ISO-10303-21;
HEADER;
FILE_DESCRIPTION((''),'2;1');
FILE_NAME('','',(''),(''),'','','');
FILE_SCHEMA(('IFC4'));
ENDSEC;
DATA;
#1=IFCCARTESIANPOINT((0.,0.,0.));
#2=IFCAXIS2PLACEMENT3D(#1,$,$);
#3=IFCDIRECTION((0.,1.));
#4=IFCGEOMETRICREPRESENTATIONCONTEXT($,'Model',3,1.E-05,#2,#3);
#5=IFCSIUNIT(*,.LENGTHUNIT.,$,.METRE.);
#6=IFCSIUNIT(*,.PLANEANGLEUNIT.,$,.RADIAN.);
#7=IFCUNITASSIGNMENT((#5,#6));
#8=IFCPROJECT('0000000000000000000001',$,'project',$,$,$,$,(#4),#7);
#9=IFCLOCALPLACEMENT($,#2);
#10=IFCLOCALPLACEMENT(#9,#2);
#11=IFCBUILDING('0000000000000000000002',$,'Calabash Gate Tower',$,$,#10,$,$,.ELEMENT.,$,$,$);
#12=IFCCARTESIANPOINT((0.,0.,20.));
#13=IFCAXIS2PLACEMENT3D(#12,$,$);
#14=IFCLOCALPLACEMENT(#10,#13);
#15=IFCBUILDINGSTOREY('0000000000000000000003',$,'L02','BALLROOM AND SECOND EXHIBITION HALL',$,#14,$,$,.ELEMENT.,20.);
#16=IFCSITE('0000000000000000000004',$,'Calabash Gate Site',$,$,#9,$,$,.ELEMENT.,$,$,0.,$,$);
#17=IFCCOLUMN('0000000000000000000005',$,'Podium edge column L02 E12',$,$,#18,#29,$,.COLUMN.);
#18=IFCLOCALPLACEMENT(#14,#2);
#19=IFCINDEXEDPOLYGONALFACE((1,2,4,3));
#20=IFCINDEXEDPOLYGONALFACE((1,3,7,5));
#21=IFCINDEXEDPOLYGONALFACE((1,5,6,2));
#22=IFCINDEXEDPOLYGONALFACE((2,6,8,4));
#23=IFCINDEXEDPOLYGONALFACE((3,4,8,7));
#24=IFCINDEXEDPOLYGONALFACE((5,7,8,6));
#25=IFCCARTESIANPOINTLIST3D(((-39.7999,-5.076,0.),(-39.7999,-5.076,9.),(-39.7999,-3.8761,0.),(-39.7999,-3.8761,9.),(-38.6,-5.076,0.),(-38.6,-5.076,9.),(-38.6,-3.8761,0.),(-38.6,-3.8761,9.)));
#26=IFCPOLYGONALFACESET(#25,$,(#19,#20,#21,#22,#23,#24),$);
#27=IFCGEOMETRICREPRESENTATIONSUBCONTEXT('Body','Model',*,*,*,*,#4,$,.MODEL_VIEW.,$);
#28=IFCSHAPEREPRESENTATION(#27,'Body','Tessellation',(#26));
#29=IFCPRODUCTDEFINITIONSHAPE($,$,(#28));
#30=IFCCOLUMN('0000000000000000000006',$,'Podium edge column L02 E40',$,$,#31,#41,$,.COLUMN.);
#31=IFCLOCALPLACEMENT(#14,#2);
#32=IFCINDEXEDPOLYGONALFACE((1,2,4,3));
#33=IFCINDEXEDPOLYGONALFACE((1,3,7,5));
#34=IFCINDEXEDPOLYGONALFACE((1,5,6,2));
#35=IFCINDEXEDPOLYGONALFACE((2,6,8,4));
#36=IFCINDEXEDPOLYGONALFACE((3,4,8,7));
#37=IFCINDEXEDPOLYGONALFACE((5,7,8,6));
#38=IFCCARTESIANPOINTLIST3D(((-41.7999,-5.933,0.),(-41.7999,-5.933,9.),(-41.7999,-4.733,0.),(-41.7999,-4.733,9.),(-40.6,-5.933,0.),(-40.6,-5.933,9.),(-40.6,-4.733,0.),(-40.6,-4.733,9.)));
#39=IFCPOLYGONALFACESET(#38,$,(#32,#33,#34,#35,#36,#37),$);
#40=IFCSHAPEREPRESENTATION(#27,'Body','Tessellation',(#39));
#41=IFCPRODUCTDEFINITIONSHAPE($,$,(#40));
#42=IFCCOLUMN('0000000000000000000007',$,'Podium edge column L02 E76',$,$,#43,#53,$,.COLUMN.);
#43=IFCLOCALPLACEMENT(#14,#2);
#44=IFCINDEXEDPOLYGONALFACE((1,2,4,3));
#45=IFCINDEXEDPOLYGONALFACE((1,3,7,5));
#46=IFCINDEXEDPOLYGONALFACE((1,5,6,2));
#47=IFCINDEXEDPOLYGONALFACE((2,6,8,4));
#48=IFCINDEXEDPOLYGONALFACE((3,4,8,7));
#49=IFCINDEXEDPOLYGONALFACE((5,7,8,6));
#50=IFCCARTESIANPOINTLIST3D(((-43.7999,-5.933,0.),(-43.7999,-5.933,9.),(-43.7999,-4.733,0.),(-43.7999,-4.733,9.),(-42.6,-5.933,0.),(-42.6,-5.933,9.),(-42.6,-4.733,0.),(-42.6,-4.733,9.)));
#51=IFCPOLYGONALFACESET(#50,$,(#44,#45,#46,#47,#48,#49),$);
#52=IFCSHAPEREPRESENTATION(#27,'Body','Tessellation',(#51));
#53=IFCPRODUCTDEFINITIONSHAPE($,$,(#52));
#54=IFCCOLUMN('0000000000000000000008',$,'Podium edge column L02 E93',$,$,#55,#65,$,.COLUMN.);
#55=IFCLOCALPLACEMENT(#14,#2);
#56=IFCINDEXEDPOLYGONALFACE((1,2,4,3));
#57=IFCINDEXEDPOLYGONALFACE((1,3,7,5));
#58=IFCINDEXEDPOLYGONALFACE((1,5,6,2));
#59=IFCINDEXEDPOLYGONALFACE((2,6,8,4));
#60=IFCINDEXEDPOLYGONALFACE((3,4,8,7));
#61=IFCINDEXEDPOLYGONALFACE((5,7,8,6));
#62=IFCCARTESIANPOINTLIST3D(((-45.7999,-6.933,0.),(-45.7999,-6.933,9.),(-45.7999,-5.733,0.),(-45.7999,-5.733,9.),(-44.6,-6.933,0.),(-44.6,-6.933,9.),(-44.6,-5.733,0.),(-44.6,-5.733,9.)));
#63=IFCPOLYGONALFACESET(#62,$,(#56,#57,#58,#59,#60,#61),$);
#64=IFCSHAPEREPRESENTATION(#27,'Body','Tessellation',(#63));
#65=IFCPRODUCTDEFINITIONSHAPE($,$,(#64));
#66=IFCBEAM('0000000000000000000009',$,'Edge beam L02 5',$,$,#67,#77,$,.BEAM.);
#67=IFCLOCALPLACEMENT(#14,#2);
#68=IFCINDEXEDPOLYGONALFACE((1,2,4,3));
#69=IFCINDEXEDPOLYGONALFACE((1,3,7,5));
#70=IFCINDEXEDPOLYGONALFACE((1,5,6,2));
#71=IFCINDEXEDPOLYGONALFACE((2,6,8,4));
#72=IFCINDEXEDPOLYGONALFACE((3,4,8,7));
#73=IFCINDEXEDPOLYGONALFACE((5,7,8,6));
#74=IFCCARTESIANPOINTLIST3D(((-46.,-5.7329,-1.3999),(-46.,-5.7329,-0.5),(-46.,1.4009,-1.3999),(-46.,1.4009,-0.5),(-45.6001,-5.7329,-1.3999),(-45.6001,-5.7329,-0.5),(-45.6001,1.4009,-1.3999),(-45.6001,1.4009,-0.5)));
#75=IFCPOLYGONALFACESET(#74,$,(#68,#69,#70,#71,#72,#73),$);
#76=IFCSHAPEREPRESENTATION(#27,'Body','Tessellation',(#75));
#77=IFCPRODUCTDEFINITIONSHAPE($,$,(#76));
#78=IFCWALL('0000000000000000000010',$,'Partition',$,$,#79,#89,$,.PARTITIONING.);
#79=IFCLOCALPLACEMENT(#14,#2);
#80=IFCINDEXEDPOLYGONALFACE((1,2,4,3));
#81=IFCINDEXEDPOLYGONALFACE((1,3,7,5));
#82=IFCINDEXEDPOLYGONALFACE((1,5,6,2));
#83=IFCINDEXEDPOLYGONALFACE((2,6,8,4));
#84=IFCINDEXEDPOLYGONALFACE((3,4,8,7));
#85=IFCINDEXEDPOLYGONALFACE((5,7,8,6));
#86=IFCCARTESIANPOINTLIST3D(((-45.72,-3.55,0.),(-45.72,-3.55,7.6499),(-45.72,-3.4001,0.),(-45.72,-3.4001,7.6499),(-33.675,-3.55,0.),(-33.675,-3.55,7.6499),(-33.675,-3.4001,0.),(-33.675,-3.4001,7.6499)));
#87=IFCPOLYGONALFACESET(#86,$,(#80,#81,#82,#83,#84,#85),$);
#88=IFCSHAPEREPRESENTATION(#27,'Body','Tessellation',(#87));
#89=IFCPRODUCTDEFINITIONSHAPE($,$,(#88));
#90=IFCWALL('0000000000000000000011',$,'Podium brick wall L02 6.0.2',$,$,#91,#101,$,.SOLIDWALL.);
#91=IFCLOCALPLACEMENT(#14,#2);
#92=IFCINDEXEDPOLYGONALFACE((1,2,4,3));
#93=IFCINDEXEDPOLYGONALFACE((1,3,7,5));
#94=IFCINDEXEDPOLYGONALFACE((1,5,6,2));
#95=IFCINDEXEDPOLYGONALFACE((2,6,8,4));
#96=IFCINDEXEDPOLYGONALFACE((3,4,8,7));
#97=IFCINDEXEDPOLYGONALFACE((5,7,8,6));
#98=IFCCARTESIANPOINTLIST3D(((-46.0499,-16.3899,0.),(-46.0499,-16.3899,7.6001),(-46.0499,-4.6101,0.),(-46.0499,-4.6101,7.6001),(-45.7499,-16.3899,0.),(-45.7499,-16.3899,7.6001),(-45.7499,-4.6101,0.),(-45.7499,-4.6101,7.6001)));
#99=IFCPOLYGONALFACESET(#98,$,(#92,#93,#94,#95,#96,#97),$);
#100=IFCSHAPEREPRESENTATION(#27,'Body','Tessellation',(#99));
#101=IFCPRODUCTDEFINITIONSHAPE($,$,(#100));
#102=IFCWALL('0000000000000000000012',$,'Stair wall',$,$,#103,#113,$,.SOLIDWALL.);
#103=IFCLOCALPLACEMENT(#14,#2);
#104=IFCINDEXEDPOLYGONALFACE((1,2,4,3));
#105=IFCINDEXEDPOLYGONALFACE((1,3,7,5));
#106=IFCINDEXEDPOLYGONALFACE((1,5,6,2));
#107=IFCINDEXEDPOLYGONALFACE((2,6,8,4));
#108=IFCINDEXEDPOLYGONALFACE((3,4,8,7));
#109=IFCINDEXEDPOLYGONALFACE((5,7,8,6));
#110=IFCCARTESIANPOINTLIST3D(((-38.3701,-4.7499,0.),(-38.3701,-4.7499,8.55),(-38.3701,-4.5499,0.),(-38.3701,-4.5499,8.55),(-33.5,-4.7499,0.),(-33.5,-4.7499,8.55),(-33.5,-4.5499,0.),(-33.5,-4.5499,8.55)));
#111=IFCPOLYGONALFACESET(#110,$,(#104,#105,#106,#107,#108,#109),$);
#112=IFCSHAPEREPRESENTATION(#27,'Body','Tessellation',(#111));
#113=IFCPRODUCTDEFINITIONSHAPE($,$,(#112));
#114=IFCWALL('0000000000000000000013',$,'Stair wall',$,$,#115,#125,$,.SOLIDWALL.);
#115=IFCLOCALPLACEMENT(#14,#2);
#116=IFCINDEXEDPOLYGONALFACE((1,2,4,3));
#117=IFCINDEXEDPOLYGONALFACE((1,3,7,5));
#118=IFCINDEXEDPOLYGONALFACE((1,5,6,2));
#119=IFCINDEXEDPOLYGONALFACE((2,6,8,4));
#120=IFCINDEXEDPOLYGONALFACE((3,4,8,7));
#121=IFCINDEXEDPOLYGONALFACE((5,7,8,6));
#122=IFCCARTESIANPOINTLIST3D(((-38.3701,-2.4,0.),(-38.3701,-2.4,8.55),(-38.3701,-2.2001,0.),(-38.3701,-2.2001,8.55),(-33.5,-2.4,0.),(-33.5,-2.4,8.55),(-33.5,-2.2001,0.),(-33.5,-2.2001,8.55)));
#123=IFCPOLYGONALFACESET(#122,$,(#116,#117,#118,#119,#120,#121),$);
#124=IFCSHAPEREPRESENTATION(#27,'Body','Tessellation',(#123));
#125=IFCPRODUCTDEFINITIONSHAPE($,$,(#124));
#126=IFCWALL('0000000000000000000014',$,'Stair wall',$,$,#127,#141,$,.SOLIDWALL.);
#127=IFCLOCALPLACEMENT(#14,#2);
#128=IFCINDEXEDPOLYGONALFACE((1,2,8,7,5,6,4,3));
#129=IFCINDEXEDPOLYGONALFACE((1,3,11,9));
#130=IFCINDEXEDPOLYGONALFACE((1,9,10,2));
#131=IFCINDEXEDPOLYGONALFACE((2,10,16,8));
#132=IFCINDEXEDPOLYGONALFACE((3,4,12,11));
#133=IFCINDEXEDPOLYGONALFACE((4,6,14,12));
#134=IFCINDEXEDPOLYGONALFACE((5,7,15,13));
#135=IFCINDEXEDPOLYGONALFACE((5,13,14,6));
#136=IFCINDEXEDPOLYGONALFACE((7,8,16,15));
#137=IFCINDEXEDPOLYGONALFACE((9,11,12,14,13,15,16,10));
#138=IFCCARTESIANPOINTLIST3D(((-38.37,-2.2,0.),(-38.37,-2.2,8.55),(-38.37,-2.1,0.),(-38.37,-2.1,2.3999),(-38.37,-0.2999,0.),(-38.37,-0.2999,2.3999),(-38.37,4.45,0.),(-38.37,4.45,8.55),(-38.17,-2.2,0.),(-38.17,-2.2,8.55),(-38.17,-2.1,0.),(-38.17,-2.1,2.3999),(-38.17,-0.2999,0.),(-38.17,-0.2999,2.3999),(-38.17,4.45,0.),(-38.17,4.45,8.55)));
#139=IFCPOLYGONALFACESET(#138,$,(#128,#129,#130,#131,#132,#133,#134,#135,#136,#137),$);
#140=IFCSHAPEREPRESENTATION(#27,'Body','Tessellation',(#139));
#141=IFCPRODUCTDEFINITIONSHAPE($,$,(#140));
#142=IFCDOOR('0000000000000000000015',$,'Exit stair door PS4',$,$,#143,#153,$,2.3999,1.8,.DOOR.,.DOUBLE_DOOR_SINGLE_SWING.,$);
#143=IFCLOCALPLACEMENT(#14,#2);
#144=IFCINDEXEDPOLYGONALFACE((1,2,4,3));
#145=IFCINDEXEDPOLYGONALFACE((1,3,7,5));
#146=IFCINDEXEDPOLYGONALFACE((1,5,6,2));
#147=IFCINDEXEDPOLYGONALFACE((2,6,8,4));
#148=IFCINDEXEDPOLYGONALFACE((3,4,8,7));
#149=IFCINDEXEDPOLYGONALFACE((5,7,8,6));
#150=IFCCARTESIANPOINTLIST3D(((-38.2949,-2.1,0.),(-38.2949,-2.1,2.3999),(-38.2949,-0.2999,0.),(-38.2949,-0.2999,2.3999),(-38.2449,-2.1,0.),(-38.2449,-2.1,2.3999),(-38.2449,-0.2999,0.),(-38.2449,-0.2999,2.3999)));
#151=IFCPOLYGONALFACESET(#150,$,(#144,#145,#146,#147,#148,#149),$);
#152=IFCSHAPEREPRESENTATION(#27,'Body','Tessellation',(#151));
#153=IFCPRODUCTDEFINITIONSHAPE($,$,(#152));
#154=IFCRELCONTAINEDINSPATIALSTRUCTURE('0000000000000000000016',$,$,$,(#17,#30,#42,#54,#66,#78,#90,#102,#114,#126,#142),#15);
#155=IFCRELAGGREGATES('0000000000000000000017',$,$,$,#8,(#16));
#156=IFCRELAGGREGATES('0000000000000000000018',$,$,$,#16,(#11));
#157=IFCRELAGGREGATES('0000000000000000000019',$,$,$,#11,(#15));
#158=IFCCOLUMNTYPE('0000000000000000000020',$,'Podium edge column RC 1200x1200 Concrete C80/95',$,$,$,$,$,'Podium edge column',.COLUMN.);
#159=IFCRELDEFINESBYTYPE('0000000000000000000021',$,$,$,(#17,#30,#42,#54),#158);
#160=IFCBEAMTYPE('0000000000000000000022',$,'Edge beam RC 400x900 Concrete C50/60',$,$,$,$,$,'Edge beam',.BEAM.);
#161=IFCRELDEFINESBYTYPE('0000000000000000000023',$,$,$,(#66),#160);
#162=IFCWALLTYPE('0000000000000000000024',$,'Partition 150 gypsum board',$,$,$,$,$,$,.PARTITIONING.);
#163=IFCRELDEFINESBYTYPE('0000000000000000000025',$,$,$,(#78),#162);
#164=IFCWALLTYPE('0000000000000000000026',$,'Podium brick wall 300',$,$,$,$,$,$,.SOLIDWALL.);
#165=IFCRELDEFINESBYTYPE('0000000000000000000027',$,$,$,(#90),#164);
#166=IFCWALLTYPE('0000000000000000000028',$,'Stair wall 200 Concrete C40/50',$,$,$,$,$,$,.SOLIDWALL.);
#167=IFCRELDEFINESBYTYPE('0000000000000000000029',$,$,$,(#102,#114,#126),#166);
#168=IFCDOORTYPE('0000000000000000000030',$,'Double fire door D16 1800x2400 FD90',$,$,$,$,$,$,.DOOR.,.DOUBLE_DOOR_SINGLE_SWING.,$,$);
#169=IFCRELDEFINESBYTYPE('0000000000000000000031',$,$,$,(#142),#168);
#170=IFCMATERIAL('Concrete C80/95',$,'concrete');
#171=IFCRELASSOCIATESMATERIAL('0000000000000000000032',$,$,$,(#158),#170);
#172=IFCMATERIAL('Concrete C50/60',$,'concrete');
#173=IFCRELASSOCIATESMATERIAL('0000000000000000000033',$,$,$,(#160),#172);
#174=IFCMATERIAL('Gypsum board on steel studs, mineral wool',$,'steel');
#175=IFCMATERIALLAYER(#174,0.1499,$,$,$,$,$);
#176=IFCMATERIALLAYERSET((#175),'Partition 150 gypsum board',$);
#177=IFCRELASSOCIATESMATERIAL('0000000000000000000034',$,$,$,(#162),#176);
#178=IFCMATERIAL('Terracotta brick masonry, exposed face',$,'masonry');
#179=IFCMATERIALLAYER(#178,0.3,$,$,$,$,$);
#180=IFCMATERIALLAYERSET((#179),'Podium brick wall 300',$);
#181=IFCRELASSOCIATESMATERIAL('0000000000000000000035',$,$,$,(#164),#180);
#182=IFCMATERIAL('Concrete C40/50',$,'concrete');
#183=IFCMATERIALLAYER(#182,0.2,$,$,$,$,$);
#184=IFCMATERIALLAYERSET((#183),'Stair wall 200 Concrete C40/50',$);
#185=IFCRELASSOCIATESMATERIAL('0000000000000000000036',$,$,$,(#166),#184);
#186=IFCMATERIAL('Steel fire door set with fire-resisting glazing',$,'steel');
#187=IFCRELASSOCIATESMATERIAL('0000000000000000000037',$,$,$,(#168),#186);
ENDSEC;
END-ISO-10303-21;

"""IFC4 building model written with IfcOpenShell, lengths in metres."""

from ifc_helpers import new_model, si_unit, direction, frame, frame_2d, origin, origin_2d, place, context, subcontext, project, spatial, rectangle, extrude, material, layer, layer_set, material_profile, profile_set, type_object, element, fill, save


model = new_model("IFC4")

# Units and contexts
model_context = context("Model", 3, precision=1e-05, world=origin(), true_north=direction((0.0, 1.0)))
body_context = subcontext(model_context, "Body", "Model", "MODEL_VIEW")
ifc_project = project(units=[si_unit("LENGTHUNIT", "METRE"), si_unit("PLANEANGLEUNIT", "RADIAN")], contexts=[model_context])

# Site, building, storey
site_placement = place(None, origin())
site = spatial("IfcSite", under=ifc_project, at=site_placement, Name="Calabash Gate Site", CompositionType="ELEMENT", RefElevation=0.0)
building_placement = place(site_placement, origin())
building = spatial("IfcBuilding", under=site, at=building_placement, Name="Calabash Gate Tower", CompositionType="ELEMENT")
storey_placement = place(building_placement, frame((0.0, 0.0, 20.0)))
storey = spatial("IfcBuildingStorey", under=building, at=storey_placement, Name="L02", Description="BALLROOM AND SECOND EXHIBITION HALL", CompositionType="ELEMENT", Elevation=20.0)

# Columns
ifc_material_1 = material(Name="Concrete C80/95", Category="concrete")
ifc_material_profile_1 = material_profile(ifc_material_1, rectangle(XDim=1.2, YDim=1.2, at=origin_2d()))
ifc_profile_set_1 = profile_set([ifc_material_profile_1], Name="Concrete C80/95")
column_type = type_object("IfcColumnType", Name="Podium edge column RC 1200x1200 Concrete C80/95", ElementType="Podium edge column", PredefinedType="COLUMN", material=ifc_profile_set_1)
for number, where, z_axis, x_axis, name in (
    (1, (-39.2, -4.4761, 0.0), (0.0, 0.0, 1.0), (1.0, 0.0, 0.0), "Podium edge column L02 E12"),
    (2, (-41.2, -5.333, 0.0), (0.0, 0.0, 1.0), (1.0, 0.0, 0.0), "Podium edge column L02 E40"),
    (3, (-43.2, -5.333, 0.0), (0.0, 0.0, 1.0), (1.0, 0.0, 0.0), "Podium edge column L02 E76"),
    (4, (-45.2, -6.333, 0.0), (0.0, 0.0, 1.0), (1.0, 0.0, 0.0), "Podium edge column L02 E93"),
):
    element("IfcColumn", number, at=place(storey_placement, frame(where, z_axis=z_axis, x_axis=x_axis)), inside=storey, type_object=column_type, Name=name, PredefinedType="COLUMN", context=body_context, shape_type="SweptSolid", body=[
        extrude(rectangle(XDim=1.2, YDim=1.2, at=origin_2d()), origin(), (0.0, 0.0, 1.0), 9.0),
    ])

# Beam
ifc_material_2 = material(Name="Concrete C50/60", Category="concrete")
ifc_material_profile_2 = material_profile(ifc_material_2, rectangle(XDim=0.3999, YDim=0.8999, at=origin_2d()))
ifc_profile_set_2 = profile_set([ifc_material_profile_2], Name="Concrete C50/60")
beam_type = type_object("IfcBeamType", Name="Edge beam RC 400x900 Concrete C50/60", ElementType="Edge beam", PredefinedType="BEAM", material=ifc_profile_set_2)
beam_placement = place(storey_placement, frame((-45.8, -5.7329, -0.95), z_axis=(0.0, 1.0, 0.0), x_axis=(-1.0, 0.0, 0.0)))
element("IfcBeam", 5, at=beam_placement, inside=storey, type_object=beam_type, Name="Edge beam L02 5", PredefinedType="BEAM", context=body_context, shape_type="SweptSolid", body=[
    extrude(rectangle(XDim=0.3999, YDim=0.8999, at=origin_2d()), origin(), (0.0, 0.0, 1.0), 7.1338),
])

# Walls
ifc_material_3 = material(Name="Gypsum board on steel studs, mineral wool", Category="steel")
ifc_layer_1 = layer(ifc_material_3, 0.1499)
ifc_layer_set_1 = layer_set([ifc_layer_1], Name="Partition 150 gypsum board")
wall_type_1 = type_object("IfcWallType", Name="Partition 150 gypsum board", PredefinedType="PARTITIONING", material=ifc_layer_set_1)
wall_1_placement = place(storey_placement, frame((-45.72, -3.4751, 0.0), z_axis=(0.0, 0.0, 1.0), x_axis=(1.0, 0.0, 0.0)))
element("IfcWall", 6, at=wall_1_placement, inside=storey, type_object=wall_type_1, Name="Partition", PredefinedType="PARTITIONING", context=body_context, shape_type="SweptSolid", body=[
    extrude(rectangle(XDim=12.0449, YDim=0.1499, at=frame_2d((6.0225, 0.0))), origin(), (0.0, 0.0, 1.0), 7.6499),
])
ifc_material_4 = material(Name="Terracotta brick masonry, exposed face", Category="masonry")
ifc_layer_2 = layer(ifc_material_4, 0.3)
ifc_layer_set_2 = layer_set([ifc_layer_2], Name="Podium brick wall 300")
wall_type_2 = type_object("IfcWallType", Name="Podium brick wall 300", PredefinedType="SOLIDWALL", material=ifc_layer_set_2)
wall_2_placement = place(storey_placement, frame((-45.8999, -4.6101, 0.0), z_axis=(0.0, 0.0, 1.0), x_axis=(0.0, -1.0, 0.0)))
element("IfcWall", 7, at=wall_2_placement, inside=storey, type_object=wall_type_2, Name="Podium brick wall L02 6.0.2", PredefinedType="SOLIDWALL", context=body_context, shape_type="SweptSolid", body=[
    extrude(rectangle(XDim=11.7798, YDim=0.3, at=frame_2d((5.8899, 0.0))), origin(), (0.0, 0.0, 1.0), 7.6001),
])
ifc_material_5 = material(Name="Concrete C40/50", Category="concrete")
ifc_layer_3 = layer(ifc_material_5, 0.2)
ifc_layer_set_3 = layer_set([ifc_layer_3], Name="Stair wall 200 Concrete C40/50")
wall_type_3 = type_object("IfcWallType", Name="Stair wall 200 Concrete C40/50", PredefinedType="SOLIDWALL", material=ifc_layer_set_3)
for number, where, z_axis, x_axis, name in (
    (8, (-38.3701, -4.6499, 0.0), (0.0, 0.0, 1.0), (1.0, 0.0, 0.0), "Stair wall"),
    (9, (-38.3701, -2.3, 0.0), (0.0, 0.0, 1.0), (1.0, 0.0, 0.0), "Stair wall"),
):
    element("IfcWall", number, at=place(storey_placement, frame(where, z_axis=z_axis, x_axis=x_axis)), inside=storey, type_object=wall_type_3, Name=name, PredefinedType="SOLIDWALL", context=body_context, shape_type="SweptSolid", body=[
        extrude(rectangle(XDim=4.8701, YDim=0.2, at=frame_2d((2.4351, 0.0))), origin(), (0.0, 0.0, 1.0), 8.55),
    ])

# Wall, opening, door
wall_3_placement = place(storey_placement, frame((-38.27, -2.2, 0.0), z_axis=(0.0, 0.0, 1.0), x_axis=(0.0, 1.0, 0.0)))
wall_3 = element("IfcWall", 10, at=wall_3_placement, inside=storey, type_object=wall_type_3, Name="Stair wall", PredefinedType="SOLIDWALL", context=body_context, shape_type="SweptSolid", body=[
    extrude(rectangle(XDim=6.6499, YDim=0.2, at=frame_2d((3.325, 0.0))), origin(), (0.0, 0.0, 1.0), 8.55),
])
opening_placement = place(wall_3_placement, frame((0.1001, 0.0, 0.0)))
opening = element("IfcOpeningElement", 11, at=opening_placement, cuts=wall_3, PredefinedType="OPENING", context=body_context, shape_type="SweptSolid", body=[
    extrude(rectangle(XDim=1.8, YDim=2.3999, at=frame_2d((0.8999, 1.2))), frame((0.0, 0.1099, 0.0), z_axis=(0.0, -1.0, 0.0), x_axis=(1.0, 0.0, 0.0)), (0.0, 0.0, 1.0), 0.22),
])
ifc_material_6 = material(Name="Steel fire door set with fire-resisting glazing", Category="steel")
door_type = type_object("IfcDoorType", Name="Double fire door D16 1800x2400 FD90", OperationType="DOUBLE_DOOR_SINGLE_SWING", PredefinedType="DOOR", material=ifc_material_6)
door_placement = place(opening_placement, origin())
door = element("IfcDoor", 12, at=door_placement, inside=storey, type_object=door_type, Name="Exit stair door PS4", OperationType="DOUBLE_DOOR_SINGLE_SWING", OverallHeight=2.3999, OverallWidth=1.8, PredefinedType="DOOR", context=body_context, shape_type="SweptSolid", body=[
    extrude(rectangle(XDim=1.8, YDim=2.3999, at=frame_2d((0.8999, 1.2))), frame((0.0, 0.0249, 0.0), z_axis=(0.0, -1.0, 0.0), x_axis=(1.0, 0.0, 0.0)), (0.0, 0.0, 1.0), 0.05),
])
fill(opening, door)

save(model, "model.ifc")
